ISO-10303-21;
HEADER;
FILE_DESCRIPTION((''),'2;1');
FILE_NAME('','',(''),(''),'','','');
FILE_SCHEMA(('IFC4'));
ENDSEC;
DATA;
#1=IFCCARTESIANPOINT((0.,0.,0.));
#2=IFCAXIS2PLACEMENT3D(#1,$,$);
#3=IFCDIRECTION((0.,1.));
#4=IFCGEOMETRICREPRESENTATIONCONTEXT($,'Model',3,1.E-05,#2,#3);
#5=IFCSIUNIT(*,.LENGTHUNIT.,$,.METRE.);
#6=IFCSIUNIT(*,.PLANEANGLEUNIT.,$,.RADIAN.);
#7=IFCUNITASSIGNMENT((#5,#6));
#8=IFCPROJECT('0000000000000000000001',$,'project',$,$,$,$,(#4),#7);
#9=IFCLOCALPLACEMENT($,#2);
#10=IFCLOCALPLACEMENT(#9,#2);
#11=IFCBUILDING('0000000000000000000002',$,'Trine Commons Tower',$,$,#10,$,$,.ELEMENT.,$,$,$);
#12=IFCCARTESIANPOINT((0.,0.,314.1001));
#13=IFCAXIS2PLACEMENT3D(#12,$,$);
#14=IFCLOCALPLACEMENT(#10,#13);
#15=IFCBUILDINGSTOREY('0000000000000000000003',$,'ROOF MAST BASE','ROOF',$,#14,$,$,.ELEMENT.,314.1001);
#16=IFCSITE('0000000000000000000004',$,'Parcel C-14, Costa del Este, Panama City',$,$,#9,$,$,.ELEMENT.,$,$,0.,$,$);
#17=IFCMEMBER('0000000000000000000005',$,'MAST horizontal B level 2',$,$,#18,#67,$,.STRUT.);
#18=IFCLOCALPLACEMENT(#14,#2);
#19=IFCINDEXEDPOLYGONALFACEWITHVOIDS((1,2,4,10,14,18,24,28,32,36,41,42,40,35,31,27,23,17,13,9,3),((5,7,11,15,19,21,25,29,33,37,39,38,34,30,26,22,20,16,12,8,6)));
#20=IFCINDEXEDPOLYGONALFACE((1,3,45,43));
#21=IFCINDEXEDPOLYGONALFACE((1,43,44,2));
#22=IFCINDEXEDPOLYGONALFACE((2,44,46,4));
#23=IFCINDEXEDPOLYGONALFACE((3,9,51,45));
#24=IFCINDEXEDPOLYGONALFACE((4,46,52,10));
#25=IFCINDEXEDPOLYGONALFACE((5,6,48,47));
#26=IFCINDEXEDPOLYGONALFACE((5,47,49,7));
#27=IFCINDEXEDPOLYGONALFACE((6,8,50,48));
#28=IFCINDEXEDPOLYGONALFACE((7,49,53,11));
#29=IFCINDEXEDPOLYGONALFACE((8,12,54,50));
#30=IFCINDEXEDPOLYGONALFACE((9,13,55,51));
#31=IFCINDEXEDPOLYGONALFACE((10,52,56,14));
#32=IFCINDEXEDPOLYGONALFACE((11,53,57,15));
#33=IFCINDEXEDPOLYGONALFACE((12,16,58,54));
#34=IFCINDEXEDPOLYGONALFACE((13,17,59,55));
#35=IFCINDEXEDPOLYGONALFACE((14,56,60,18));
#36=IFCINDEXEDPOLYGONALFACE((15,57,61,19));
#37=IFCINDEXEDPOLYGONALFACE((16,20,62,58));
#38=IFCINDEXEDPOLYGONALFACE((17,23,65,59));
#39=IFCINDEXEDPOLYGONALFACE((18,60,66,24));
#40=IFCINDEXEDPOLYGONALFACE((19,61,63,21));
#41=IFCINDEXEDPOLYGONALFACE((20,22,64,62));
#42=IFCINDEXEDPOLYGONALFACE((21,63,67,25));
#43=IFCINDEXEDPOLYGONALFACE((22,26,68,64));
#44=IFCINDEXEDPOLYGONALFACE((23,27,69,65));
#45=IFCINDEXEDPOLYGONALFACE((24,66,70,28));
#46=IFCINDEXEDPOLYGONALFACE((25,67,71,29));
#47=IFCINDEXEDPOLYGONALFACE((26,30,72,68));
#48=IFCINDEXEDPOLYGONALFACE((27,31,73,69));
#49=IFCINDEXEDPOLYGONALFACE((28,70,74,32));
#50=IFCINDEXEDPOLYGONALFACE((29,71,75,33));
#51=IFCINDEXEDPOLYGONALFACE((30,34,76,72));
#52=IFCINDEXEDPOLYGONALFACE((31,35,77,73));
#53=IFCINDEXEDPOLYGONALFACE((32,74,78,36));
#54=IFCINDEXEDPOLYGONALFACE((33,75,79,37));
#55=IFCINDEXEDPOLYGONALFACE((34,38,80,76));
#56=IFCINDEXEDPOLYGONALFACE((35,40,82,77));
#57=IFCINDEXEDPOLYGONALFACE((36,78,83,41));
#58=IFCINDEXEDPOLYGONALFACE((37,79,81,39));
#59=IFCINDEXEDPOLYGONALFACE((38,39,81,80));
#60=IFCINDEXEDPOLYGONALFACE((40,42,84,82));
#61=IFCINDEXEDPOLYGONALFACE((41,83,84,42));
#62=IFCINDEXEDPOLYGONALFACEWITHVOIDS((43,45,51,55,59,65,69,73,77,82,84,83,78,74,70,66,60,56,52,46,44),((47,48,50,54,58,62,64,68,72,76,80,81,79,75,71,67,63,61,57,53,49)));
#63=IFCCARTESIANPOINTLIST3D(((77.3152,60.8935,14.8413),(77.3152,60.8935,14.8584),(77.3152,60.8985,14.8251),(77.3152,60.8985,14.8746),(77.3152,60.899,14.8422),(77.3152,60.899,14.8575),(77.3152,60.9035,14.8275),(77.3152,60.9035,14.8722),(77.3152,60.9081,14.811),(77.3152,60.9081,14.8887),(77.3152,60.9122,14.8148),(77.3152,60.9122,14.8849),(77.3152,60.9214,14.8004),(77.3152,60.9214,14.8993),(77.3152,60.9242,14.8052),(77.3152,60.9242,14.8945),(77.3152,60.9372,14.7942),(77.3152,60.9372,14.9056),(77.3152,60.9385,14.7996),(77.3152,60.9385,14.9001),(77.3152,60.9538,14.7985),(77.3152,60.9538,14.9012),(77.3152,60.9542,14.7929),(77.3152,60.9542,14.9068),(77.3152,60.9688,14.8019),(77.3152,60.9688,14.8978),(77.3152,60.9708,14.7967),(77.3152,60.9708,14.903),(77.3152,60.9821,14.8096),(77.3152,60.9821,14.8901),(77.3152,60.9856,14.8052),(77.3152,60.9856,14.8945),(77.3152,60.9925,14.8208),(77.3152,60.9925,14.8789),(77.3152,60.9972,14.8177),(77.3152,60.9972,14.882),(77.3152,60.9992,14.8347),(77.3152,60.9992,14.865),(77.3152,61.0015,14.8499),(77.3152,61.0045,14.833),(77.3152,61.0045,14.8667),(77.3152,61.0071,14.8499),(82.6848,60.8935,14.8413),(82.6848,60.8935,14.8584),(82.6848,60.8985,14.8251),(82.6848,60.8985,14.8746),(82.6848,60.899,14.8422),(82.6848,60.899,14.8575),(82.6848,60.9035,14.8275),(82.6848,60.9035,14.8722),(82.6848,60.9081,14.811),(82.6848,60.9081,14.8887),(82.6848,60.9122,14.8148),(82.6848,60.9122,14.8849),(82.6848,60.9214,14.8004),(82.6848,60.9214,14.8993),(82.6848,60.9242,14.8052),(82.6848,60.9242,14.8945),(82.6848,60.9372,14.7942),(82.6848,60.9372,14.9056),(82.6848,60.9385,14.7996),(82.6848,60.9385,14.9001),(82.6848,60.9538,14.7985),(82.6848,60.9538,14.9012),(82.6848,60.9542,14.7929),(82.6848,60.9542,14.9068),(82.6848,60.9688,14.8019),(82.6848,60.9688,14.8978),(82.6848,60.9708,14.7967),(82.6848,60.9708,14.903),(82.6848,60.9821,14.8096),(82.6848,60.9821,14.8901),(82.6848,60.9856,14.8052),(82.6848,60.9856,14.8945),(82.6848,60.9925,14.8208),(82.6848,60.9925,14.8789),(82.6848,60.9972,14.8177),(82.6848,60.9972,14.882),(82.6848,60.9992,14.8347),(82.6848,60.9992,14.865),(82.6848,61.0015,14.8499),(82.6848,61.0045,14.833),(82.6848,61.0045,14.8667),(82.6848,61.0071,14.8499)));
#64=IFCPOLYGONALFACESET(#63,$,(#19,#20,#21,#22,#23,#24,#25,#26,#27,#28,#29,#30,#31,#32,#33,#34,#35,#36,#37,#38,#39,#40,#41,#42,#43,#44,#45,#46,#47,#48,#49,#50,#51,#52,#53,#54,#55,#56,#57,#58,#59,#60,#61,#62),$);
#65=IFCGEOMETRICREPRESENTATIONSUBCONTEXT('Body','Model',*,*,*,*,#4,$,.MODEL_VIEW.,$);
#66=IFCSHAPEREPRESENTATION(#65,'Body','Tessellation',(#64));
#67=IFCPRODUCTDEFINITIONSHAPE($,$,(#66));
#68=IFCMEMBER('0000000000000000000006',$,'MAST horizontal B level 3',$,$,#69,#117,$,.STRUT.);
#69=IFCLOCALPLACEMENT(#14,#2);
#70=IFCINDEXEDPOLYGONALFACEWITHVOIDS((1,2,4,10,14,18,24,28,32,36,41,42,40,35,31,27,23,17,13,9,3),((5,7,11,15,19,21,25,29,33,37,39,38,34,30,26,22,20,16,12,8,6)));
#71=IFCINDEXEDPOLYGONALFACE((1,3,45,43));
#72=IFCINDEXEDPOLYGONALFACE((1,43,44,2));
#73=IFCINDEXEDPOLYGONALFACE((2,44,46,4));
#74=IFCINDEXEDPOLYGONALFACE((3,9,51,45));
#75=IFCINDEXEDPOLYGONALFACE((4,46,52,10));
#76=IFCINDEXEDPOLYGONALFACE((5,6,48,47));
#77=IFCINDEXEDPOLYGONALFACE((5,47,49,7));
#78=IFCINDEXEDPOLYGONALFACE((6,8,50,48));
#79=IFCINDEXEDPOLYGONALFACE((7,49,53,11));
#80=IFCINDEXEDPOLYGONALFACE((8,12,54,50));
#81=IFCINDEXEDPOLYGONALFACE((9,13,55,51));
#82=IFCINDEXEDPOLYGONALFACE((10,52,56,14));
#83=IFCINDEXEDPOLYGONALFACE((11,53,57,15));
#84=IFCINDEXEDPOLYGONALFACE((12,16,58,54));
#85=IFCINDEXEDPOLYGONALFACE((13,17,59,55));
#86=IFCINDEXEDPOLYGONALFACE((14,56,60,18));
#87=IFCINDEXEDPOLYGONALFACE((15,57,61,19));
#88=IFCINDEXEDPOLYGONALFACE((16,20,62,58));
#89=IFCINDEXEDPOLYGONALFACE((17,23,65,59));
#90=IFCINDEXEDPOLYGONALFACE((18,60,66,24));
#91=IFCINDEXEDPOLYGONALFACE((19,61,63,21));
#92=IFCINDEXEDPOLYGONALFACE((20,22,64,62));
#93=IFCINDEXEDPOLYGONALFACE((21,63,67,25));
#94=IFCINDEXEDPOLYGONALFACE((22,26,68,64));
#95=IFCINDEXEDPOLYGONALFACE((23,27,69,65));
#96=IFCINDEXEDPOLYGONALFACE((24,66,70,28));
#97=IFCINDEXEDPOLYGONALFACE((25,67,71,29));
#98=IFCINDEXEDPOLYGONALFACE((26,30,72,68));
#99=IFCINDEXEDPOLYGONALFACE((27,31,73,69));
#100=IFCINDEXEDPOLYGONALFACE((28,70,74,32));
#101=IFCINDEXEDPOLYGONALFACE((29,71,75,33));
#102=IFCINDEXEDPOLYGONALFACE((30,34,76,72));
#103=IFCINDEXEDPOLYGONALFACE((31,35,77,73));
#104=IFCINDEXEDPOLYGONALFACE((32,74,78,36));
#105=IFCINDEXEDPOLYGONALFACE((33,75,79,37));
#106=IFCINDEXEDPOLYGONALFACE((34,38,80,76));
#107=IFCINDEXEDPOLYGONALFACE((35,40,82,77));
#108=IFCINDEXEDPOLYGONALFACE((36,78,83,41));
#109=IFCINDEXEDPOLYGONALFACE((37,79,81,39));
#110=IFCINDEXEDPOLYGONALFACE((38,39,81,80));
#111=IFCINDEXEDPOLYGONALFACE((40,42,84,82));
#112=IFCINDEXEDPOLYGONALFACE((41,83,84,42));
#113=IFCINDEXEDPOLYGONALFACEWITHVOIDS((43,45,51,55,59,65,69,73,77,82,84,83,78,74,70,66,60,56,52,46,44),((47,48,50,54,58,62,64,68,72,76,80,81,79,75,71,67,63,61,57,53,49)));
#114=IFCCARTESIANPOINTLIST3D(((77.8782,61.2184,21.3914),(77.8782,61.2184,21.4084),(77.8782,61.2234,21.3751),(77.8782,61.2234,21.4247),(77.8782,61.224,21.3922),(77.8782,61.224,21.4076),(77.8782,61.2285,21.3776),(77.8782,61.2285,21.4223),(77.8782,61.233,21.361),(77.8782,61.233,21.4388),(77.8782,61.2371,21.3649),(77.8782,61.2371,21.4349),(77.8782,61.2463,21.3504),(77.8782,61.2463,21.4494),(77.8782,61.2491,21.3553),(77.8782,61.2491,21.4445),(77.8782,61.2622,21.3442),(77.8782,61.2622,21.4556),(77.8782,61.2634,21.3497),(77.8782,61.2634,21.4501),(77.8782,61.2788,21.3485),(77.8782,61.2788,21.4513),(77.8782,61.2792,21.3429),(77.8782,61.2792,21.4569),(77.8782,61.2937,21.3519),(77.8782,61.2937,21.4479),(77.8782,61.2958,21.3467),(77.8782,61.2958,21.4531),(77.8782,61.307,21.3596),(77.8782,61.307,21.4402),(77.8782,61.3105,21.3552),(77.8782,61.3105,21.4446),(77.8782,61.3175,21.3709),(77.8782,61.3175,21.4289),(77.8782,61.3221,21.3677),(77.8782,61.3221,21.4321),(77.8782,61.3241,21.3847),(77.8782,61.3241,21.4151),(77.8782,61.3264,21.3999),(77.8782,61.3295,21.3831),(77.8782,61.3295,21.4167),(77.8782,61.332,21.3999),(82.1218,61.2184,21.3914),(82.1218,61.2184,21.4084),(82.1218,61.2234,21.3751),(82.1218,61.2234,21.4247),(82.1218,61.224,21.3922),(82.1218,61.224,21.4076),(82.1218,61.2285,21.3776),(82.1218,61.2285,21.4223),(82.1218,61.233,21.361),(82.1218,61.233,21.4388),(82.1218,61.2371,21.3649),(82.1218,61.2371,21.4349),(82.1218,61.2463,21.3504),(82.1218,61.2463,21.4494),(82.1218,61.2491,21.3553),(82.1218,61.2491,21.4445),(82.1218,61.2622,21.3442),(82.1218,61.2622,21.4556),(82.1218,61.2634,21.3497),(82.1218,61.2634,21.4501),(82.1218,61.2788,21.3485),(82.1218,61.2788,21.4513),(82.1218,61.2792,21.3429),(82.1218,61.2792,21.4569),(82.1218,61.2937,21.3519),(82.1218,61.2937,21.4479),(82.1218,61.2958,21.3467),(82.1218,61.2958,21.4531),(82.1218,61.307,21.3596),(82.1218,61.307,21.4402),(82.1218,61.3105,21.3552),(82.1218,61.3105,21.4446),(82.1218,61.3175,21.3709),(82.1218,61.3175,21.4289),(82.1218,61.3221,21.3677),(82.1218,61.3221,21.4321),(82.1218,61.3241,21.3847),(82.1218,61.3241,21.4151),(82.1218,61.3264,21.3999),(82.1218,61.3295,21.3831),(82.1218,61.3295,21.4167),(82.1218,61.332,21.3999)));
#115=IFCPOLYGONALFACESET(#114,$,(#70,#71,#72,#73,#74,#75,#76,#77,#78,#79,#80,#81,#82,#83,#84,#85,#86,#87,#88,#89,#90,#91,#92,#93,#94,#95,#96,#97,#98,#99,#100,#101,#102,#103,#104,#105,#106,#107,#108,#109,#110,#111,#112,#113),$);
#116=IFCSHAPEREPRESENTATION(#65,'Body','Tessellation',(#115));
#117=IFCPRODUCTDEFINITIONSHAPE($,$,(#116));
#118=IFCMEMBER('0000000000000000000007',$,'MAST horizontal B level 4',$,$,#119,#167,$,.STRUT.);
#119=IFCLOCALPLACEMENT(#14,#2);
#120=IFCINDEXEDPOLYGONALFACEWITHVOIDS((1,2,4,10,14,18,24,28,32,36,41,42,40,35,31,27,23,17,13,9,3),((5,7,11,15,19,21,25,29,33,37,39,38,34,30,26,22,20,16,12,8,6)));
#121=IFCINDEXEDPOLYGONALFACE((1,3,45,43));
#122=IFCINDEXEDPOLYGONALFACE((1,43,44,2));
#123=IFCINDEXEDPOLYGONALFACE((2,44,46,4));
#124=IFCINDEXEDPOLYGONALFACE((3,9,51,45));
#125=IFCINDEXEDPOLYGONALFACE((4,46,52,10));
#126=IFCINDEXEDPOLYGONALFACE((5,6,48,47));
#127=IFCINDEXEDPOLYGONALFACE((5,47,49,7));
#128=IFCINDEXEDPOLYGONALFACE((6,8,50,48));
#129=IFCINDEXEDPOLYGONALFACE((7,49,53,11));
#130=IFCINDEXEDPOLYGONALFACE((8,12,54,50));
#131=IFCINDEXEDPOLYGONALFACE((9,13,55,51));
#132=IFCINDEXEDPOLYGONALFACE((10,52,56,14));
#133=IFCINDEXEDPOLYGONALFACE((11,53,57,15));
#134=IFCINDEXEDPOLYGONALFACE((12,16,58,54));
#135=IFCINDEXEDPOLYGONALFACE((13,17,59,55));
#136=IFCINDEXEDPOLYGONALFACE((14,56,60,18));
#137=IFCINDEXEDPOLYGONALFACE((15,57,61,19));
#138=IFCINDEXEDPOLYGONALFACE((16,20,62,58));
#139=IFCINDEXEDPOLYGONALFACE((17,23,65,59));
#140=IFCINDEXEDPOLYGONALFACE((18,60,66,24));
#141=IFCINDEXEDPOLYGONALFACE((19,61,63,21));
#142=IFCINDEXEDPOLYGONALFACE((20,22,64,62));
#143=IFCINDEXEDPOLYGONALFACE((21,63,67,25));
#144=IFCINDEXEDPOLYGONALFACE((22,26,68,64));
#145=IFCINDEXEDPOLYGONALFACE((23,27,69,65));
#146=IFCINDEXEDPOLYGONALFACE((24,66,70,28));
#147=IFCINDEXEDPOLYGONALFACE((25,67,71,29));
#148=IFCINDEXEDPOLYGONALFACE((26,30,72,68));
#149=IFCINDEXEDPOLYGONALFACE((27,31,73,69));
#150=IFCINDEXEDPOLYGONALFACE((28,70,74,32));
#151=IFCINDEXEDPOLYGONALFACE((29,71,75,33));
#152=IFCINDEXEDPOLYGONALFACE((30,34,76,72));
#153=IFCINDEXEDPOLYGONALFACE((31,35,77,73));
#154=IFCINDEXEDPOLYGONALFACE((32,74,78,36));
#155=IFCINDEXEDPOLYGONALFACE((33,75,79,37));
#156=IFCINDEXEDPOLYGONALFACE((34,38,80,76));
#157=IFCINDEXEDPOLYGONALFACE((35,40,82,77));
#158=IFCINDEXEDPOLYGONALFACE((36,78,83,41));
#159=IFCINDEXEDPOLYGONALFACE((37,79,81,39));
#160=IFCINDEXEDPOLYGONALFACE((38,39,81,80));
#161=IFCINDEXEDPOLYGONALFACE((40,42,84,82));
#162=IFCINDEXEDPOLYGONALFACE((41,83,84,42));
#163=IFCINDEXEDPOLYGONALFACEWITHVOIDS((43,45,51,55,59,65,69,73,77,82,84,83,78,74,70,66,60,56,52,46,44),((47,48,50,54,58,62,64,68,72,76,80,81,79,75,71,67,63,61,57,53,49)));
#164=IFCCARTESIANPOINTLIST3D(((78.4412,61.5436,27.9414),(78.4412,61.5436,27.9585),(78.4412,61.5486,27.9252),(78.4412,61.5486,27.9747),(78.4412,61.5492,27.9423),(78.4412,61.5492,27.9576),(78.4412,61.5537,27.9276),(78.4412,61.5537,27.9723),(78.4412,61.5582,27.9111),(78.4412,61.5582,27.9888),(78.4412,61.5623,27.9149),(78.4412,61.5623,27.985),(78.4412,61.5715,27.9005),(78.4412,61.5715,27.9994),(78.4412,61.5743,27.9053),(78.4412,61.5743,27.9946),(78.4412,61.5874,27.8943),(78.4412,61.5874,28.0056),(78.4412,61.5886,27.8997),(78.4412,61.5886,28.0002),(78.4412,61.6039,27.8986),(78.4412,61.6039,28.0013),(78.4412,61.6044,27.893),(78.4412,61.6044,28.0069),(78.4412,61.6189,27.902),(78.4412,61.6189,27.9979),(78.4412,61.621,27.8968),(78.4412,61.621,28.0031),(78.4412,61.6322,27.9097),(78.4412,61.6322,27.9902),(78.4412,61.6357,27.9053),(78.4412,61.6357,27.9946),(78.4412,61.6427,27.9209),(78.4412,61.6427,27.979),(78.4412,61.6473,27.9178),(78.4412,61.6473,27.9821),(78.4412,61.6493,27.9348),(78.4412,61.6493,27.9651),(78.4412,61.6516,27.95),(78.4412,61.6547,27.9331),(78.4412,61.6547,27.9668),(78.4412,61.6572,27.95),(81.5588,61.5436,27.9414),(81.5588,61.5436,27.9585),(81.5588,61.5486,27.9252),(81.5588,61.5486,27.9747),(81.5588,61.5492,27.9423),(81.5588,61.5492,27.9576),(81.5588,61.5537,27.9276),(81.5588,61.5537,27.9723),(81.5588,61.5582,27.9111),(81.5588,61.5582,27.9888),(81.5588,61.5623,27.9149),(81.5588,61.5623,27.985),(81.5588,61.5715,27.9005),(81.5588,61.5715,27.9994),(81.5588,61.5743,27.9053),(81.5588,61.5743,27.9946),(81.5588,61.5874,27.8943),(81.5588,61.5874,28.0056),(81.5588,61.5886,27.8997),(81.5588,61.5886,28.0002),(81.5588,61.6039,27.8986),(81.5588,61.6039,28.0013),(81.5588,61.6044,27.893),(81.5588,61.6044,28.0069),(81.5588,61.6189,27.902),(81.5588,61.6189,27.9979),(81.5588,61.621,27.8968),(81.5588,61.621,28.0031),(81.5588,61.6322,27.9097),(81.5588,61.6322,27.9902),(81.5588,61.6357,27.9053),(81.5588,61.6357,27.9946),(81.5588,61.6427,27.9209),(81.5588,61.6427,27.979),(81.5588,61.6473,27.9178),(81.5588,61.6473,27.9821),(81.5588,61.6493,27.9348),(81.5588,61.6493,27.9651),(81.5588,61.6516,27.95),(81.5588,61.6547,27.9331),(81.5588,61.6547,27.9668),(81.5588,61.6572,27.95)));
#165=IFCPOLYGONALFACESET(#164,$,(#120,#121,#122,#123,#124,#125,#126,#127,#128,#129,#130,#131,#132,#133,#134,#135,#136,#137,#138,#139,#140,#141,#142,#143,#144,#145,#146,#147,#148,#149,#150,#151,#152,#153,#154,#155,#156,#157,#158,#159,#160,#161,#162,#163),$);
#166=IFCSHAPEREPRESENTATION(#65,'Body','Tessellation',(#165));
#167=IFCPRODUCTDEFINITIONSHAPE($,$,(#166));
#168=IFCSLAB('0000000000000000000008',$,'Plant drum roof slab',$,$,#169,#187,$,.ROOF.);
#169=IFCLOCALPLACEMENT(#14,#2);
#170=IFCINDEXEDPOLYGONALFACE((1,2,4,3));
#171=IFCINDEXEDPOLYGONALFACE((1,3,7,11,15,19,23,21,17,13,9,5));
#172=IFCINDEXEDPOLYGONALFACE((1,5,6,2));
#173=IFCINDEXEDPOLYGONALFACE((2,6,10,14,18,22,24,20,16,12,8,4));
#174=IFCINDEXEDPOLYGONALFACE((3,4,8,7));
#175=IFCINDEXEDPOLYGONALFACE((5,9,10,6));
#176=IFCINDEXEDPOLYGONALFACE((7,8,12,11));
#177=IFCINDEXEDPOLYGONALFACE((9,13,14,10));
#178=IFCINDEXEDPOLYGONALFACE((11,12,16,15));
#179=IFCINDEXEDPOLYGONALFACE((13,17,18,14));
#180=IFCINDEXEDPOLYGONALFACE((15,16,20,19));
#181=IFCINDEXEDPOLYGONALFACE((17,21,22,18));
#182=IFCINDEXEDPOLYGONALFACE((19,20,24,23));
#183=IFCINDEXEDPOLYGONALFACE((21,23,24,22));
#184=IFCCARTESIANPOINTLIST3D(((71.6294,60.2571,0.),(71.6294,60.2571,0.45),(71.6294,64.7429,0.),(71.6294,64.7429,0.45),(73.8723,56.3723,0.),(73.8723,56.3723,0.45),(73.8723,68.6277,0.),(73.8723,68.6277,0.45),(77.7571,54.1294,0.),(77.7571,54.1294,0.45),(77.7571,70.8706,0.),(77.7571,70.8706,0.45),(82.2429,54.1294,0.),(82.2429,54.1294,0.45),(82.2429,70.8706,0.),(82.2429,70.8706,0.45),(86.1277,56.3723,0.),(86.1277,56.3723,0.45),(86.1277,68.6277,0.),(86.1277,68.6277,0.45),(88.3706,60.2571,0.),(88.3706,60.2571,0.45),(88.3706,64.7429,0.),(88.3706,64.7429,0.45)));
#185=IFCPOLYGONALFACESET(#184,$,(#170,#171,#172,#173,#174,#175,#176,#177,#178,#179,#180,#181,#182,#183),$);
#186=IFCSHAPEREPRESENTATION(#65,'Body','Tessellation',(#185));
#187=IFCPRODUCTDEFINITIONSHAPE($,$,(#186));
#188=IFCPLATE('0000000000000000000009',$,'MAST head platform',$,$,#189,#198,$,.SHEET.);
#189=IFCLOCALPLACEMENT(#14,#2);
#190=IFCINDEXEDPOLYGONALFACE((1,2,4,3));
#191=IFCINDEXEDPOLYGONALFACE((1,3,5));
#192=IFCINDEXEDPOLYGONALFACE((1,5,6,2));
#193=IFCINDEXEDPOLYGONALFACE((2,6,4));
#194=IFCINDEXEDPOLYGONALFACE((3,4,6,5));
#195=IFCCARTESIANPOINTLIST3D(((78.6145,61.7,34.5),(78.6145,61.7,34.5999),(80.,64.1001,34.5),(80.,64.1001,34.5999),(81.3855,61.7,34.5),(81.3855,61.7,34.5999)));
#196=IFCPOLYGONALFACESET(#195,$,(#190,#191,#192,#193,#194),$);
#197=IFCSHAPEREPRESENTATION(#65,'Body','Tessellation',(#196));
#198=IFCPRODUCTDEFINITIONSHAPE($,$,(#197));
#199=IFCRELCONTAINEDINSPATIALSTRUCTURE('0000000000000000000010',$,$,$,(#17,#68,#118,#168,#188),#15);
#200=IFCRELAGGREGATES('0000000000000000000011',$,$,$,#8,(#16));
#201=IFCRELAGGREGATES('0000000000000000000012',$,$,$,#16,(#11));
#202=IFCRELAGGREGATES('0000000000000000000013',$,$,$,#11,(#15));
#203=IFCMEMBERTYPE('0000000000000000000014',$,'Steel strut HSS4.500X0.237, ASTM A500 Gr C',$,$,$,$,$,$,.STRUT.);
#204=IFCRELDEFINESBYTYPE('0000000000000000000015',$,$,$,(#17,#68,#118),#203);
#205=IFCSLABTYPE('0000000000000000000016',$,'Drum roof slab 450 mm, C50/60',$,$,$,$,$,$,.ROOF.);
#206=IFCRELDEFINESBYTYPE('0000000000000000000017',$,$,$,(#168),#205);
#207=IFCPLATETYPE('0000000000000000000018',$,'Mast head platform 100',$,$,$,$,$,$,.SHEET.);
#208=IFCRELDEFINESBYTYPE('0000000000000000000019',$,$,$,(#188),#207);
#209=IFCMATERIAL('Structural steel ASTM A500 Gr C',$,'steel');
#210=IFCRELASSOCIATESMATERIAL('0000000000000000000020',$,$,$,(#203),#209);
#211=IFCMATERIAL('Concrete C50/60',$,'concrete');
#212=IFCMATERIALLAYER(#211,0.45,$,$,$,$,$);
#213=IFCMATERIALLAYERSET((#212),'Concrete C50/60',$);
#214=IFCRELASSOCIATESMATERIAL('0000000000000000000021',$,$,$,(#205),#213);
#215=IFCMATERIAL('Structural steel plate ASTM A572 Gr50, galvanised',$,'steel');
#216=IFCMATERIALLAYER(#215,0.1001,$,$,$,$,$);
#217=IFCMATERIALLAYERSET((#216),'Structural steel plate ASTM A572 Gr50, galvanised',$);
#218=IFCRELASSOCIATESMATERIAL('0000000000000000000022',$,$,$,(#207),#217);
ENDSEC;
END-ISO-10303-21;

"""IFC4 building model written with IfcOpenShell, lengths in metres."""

from ifc_helpers import new_model, si_unit, direction, frame, origin, origin_2d, place, context, subcontext, project, spatial, polyline, hollow_circle, outline, extrude, material, layer, layer_set, material_profile, profile_set, type_object, element, save


model = new_model("IFC4")

# Units and contexts
model_context = context("Model", 3, precision=1e-05, world=origin(), true_north=direction((0.0, 1.0)))
body_context = subcontext(model_context, "Body", "Model", "MODEL_VIEW")
ifc_project = project(units=[si_unit("LENGTHUNIT", "METRE"), si_unit("PLANEANGLEUNIT", "RADIAN")], contexts=[model_context])

# Site, building, storey
site_placement = place(None, origin())
site = spatial("IfcSite", under=ifc_project, at=site_placement, Name="Parcel C-14, Costa del Este, Panama City", CompositionType="ELEMENT", RefElevation=0.0)
building_placement = place(site_placement, origin())
building = spatial("IfcBuilding", under=site, at=building_placement, Name="Trine Commons Tower", CompositionType="ELEMENT")
storey_placement = place(building_placement, frame((0.0, 0.0, 314.1001)))
storey = spatial("IfcBuildingStorey", under=building, at=storey_placement, Name="ROOF MAST BASE", Description="ROOF", CompositionType="ELEMENT", Elevation=314.1001)

# Shared definitions
ifc_material_1 = material(Name="Concrete C50/60", Category="concrete")

# Members
ifc_material_2 = material(Name="Structural steel ASTM A500 Gr C", Category="steel")
ifc_material_profile_1 = material_profile(ifc_material_2, hollow_circle(Radius=0.0571, WallThickness=0.0056, at=origin_2d()), Name="HSS4.500X0.237")
ifc_profile_set_1 = profile_set([ifc_material_profile_1], Name="Structural steel ASTM A500 Gr C")
member_type_1 = type_object("IfcMemberType", Name="Steel strut HSS4.500X0.237, ASTM A500 Gr C", PredefinedType="STRUT", material=ifc_profile_set_1)
member_1_placement = place(storey_placement, frame((77.3152, 60.95, 14.8499), z_axis=(1.0, 0.0, 0.0), x_axis=(0.0, 1.0, 0.0)))
element("IfcMember", 1, at=member_1_placement, inside=storey, type_object=member_type_1, Name="MAST horizontal B level 2", PredefinedType="STRUT", context=body_context, shape_type="SweptSolid", body=[
    extrude(hollow_circle(Radius=0.0571, WallThickness=0.0056, at=origin_2d()), origin(), (0.0, 0.0, 1.0), 5.3696),
])
member_2_placement = place(storey_placement, frame((77.8782, 61.2749, 21.3999), z_axis=(1.0, 0.0, 0.0), x_axis=(0.0, 1.0, 0.0)))
element("IfcMember", 2, at=member_2_placement, inside=storey, type_object=member_type_1, Name="MAST horizontal B level 3", PredefinedType="STRUT", context=body_context, shape_type="SweptSolid", body=[
    extrude(hollow_circle(Radius=0.0571, WallThickness=0.0056, at=origin_2d()), origin(), (0.0, 0.0, 1.0), 4.2437),
])
member_3_placement = place(storey_placement, frame((78.4412, 61.6001, 27.95), z_axis=(1.0, 0.0, 0.0), x_axis=(0.0, 1.0, 0.0)))
element("IfcMember", 3, at=member_3_placement, inside=storey, type_object=member_type_1, Name="MAST horizontal B level 4", PredefinedType="STRUT", context=body_context, shape_type="SweptSolid", body=[
    extrude(hollow_circle(Radius=0.0571, WallThickness=0.0056, at=origin_2d()), origin(), (0.0, 0.0, 1.0), 3.1177),
])

# Slab
ifc_layer_1 = layer(ifc_material_1, 0.45)
ifc_layer_set_1 = layer_set([ifc_layer_1], Name="Concrete C50/60")
slab_type_1 = type_object("IfcSlabType", Name="Drum roof slab 450 mm, C50/60", PredefinedType="ROOF", material=ifc_layer_set_1)
slab_1_placement = place(storey_placement, origin())
element("IfcSlab", 4, at=slab_1_placement, inside=storey, type_object=slab_type_1, Name="Plant drum roof slab", PredefinedType="ROOF", context=body_context, shape_type="SweptSolid", body=[
    extrude(outline(polyline([(88.3706, 64.7429), (86.1277, 68.6277), (82.2429, 70.8706), (77.7571, 70.8706), (73.8723, 68.6277), (71.6294, 64.7429), (71.6294, 60.2571), (73.8723, 56.3723), (77.7571, 54.1294), (82.2429, 54.1294), (86.1277, 56.3723), (88.3706, 60.2571), (88.3706, 64.7429)])), origin(), (0.0, 0.0, 1.0), 0.45),
])

# Plate
ifc_material_3 = material(Name="Structural steel plate ASTM A572 Gr50, galvanised", Category="steel")
ifc_layer_2 = layer(ifc_material_3, 0.1001)
ifc_layer_set_2 = layer_set([ifc_layer_2], Name="Structural steel plate ASTM A572 Gr50, galvanised")
plate_type_1 = type_object("IfcPlateType", Name="Mast head platform 100", PredefinedType="SHEET", material=ifc_layer_set_2)
plate_1_placement = place(storey_placement, frame((0.0, 0.0, 34.5)))
element("IfcPlate", 5, at=plate_1_placement, inside=storey, type_object=plate_type_1, Name="MAST head platform", PredefinedType="SHEET", context=body_context, shape_type="SweptSolid", body=[
    extrude(outline(polyline([(80.0, 64.1001), (78.6145, 61.7), (81.3855, 61.7), (80.0, 64.1001)])), origin(), (0.0, 0.0, 1.0), 0.0999),
])

save(model, "model.ifc")
